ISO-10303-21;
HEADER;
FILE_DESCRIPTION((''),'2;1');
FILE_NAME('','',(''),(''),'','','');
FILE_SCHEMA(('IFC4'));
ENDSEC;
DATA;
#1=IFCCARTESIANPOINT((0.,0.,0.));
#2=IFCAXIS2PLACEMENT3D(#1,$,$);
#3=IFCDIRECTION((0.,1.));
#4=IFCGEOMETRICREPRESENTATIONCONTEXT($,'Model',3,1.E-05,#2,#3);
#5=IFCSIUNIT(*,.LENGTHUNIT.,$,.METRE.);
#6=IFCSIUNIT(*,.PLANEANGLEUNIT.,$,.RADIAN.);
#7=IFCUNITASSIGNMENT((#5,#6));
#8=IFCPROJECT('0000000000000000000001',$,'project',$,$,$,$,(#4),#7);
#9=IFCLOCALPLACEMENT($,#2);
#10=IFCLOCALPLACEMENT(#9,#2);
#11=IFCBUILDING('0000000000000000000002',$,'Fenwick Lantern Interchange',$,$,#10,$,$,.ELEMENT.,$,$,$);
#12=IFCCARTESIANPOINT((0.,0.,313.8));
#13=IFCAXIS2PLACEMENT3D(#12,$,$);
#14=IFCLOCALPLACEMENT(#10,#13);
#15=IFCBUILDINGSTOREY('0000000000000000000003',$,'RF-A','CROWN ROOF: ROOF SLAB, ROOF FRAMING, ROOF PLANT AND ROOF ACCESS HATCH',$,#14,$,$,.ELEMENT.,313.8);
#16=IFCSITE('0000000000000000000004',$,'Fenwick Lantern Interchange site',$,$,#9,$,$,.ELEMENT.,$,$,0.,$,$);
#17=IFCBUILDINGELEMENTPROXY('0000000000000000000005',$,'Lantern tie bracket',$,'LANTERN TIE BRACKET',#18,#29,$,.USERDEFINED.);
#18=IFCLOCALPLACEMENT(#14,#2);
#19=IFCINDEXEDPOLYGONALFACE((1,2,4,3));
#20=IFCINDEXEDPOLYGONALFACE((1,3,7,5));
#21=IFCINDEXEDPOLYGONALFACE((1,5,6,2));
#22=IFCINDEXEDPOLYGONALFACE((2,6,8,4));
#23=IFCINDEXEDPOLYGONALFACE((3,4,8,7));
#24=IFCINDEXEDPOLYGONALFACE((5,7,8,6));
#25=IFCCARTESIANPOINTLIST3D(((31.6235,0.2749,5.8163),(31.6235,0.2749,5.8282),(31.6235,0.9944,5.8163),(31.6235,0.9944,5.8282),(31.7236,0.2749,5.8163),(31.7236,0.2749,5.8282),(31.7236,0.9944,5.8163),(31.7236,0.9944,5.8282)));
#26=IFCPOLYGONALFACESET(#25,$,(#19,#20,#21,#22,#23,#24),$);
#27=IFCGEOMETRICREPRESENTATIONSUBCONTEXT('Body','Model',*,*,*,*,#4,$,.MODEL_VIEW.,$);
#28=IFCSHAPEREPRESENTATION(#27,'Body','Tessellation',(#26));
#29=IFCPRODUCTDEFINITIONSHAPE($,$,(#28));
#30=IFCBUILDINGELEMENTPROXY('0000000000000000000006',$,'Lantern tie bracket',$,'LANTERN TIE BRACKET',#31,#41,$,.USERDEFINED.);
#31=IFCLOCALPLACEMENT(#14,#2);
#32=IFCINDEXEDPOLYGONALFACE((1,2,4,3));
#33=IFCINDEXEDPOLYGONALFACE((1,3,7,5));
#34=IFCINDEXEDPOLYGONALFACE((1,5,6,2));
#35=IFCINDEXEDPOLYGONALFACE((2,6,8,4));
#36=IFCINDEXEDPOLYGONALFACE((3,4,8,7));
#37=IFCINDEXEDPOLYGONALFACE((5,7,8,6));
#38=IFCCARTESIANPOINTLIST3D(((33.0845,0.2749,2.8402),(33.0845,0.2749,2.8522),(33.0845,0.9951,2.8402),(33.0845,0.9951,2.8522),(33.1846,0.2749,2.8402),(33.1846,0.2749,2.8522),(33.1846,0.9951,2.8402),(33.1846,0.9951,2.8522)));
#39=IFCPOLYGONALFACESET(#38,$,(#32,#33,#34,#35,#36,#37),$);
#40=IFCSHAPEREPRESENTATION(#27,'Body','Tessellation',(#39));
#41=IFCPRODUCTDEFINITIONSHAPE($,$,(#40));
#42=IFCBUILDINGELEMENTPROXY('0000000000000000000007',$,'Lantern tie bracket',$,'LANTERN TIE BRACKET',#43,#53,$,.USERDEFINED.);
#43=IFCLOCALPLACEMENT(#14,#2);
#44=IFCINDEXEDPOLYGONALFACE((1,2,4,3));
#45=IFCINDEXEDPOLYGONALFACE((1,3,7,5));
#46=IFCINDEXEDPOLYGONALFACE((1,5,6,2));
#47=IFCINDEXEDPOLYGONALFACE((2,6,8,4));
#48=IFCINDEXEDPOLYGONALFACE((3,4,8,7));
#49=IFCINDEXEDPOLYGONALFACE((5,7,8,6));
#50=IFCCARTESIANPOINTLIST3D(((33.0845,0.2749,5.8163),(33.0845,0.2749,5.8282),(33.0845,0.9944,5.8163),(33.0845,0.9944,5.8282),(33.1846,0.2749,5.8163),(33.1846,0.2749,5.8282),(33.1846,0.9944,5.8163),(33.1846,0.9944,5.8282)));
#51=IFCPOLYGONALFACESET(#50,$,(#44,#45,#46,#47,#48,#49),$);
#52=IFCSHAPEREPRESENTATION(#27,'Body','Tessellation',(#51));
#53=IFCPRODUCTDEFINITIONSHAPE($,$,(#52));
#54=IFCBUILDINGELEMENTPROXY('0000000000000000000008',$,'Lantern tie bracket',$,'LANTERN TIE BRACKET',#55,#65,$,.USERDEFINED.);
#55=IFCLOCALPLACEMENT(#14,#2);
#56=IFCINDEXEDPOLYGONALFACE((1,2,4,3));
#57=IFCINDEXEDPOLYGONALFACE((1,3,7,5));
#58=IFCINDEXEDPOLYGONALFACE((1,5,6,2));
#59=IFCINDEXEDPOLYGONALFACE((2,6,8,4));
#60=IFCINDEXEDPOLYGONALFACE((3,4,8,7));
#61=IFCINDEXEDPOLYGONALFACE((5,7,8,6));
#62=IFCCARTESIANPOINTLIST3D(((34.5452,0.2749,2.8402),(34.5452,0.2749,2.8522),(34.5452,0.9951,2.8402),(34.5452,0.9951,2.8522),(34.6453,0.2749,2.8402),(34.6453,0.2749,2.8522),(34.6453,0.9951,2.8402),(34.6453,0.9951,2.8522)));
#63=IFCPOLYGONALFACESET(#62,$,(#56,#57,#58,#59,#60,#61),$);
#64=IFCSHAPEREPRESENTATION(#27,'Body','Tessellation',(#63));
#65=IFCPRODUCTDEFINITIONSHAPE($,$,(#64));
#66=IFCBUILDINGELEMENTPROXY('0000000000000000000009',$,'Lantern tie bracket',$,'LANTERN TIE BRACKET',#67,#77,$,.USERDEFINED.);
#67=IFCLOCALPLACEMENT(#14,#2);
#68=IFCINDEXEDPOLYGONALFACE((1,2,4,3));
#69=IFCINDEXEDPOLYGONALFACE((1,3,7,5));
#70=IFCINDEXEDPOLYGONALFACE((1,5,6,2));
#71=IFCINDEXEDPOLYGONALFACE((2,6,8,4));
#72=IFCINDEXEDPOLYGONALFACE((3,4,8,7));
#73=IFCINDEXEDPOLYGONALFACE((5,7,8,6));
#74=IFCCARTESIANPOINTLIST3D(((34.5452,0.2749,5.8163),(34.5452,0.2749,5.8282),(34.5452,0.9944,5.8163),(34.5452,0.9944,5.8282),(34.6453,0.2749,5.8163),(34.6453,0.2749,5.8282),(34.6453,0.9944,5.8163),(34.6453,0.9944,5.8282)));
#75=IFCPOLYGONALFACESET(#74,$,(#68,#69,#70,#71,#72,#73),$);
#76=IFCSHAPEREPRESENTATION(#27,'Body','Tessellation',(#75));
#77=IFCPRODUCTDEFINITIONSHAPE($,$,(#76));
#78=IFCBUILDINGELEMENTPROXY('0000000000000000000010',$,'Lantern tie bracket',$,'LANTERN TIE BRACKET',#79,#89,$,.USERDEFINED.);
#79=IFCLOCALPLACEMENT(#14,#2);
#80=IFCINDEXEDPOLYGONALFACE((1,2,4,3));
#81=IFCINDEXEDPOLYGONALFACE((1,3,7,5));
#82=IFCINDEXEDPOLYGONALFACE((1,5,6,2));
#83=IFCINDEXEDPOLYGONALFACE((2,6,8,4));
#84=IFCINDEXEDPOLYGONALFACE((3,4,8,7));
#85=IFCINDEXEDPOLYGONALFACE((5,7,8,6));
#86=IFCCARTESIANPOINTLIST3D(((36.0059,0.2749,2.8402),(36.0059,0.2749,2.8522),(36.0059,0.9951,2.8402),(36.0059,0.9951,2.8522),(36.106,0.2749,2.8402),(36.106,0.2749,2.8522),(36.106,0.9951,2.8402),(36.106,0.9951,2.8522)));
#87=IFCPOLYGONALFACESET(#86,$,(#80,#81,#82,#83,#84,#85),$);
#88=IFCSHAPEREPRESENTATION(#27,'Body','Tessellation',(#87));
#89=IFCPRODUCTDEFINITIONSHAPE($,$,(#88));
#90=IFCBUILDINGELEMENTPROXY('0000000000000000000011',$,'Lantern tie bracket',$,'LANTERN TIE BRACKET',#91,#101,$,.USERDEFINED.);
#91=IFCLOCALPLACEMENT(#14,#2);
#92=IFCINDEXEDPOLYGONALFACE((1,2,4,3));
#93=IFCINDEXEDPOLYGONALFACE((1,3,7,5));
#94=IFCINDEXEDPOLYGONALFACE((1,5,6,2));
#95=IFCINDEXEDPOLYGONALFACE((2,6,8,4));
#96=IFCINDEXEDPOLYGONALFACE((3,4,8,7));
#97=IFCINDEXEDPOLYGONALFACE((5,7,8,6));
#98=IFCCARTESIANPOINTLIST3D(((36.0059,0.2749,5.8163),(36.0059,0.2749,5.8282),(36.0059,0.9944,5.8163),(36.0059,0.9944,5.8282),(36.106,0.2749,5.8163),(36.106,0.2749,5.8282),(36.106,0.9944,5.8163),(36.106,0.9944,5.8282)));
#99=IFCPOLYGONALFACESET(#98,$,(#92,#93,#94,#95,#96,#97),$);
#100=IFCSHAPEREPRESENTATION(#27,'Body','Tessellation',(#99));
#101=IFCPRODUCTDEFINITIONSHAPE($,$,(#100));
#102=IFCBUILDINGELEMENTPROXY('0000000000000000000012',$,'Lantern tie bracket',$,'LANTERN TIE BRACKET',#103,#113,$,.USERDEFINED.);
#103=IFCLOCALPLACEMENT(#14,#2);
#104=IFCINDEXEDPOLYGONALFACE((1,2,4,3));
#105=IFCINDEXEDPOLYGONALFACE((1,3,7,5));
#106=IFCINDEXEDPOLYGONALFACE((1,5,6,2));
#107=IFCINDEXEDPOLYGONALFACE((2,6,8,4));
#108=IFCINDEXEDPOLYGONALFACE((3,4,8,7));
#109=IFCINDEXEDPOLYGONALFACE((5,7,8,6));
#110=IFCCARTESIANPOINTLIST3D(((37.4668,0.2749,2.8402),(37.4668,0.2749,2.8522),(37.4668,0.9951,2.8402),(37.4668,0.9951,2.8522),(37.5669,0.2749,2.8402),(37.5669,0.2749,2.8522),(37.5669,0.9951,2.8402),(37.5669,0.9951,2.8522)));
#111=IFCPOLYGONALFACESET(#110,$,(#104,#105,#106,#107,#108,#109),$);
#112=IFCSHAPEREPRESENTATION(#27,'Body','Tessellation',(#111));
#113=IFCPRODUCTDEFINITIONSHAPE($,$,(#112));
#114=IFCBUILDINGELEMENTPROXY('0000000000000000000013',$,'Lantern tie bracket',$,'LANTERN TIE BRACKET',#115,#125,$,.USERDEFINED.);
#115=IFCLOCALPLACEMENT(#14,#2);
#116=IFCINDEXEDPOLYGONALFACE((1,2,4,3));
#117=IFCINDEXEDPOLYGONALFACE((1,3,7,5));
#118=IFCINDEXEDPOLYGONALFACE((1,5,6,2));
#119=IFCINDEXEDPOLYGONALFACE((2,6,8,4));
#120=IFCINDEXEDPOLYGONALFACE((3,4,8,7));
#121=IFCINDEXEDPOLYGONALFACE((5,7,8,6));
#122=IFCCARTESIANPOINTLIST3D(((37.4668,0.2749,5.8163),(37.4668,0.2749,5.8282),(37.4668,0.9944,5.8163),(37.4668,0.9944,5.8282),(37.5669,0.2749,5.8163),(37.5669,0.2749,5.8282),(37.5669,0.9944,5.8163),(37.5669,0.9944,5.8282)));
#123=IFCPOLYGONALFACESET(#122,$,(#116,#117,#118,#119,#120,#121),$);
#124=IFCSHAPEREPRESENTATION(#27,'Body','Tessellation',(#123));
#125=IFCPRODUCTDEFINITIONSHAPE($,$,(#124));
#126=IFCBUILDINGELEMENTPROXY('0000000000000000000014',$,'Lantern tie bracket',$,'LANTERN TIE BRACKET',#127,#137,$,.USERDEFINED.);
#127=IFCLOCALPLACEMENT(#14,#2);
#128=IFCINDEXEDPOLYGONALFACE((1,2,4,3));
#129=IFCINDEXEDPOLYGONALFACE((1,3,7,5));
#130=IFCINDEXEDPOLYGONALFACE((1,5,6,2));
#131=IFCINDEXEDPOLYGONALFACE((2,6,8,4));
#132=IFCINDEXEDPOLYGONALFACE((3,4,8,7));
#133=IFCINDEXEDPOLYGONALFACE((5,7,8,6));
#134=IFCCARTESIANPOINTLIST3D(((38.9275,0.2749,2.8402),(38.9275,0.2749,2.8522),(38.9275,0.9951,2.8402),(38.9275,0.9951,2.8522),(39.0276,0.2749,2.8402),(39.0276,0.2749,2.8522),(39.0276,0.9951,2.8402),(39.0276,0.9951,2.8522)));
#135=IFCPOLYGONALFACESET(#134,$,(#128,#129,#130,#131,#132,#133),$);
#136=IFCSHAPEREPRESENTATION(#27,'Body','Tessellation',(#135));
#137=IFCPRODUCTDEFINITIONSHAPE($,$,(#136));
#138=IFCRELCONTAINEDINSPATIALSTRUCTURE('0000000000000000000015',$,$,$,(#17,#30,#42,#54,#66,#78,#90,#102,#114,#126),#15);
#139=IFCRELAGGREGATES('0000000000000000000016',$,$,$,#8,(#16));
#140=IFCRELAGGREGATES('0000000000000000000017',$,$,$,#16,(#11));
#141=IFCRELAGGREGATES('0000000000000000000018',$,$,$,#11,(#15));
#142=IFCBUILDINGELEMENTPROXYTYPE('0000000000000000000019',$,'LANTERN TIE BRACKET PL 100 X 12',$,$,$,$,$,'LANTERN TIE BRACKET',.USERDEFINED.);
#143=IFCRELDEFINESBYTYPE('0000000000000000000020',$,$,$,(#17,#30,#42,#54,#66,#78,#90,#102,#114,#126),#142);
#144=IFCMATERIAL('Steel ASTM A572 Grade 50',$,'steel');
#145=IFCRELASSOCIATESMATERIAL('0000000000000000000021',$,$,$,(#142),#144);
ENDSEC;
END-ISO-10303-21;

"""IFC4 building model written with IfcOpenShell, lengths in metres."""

from ifc_helpers import new_model, si_unit, direction, frame, origin, origin_2d, place, context, subcontext, project, spatial, rectangle, extrude, material, material_profile, profile_set, type_object, element, save


model = new_model("IFC4")

# Units and contexts
model_context = context("Model", 3, precision=1e-05, world=origin(), true_north=direction((0.0, 1.0)))
body_context = subcontext(model_context, "Body", "Model", "MODEL_VIEW")
ifc_project = project(units=[si_unit("LENGTHUNIT", "METRE"), si_unit("PLANEANGLEUNIT", "RADIAN")], contexts=[model_context])

# Site, building, storey
site_placement = place(None, origin())
site = spatial("IfcSite", under=ifc_project, at=site_placement, Name="Fenwick Lantern Interchange site", CompositionType="ELEMENT", RefElevation=0.0)
building_placement = place(site_placement, origin())
building = spatial("IfcBuilding", under=site, at=building_placement, Name="Fenwick Lantern Interchange", CompositionType="ELEMENT")
storey_placement = place(building_placement, frame((0.0, 0.0, 313.8)))
storey = spatial("IfcBuildingStorey", under=building, at=storey_placement, Name="RF-A", Description="CROWN ROOF: ROOF SLAB, ROOF FRAMING, ROOF PLANT AND ROOF ACCESS HATCH", CompositionType="ELEMENT", Elevation=313.8)

# Building element proxies
ifc_material_1 = material(Name="Steel ASTM A572 Grade 50", Category="steel")
ifc_material_profile_1 = material_profile(ifc_material_1, rectangle(XDim=0.1001, YDim=0.012, at=origin_2d()), Name="PL100X12")
ifc_profile_set_1 = profile_set([ifc_material_profile_1], Name="Steel ASTM A572 Grade 50")
building_element_proxy_type = type_object("IfcBuildingElementProxyType", Name="LANTERN TIE BRACKET PL 100 X 12", ElementType="LANTERN TIE BRACKET", PredefinedType="USERDEFINED", material=ifc_profile_set_1)
proxy_1_placement = place(storey_placement, frame((31.6736, 0.2749, 5.8223), z_axis=(0.0, 1.0, 0.0), x_axis=(-1.0, 0.0, 0.0)))
element("IfcBuildingElementProxy", 1, at=proxy_1_placement, inside=storey, type_object=building_element_proxy_type, Name="Lantern tie bracket", ObjectType="LANTERN TIE BRACKET", PredefinedType="USERDEFINED", context=body_context, shape_type="SweptSolid", body=[
    extrude(rectangle(XDim=0.1001, YDim=0.012, at=origin_2d()), origin(), (0.0, 0.0, 1.0), 0.7195),
])
proxy_2_placement = place(storey_placement, frame((33.1345, 0.2749, 2.8462), z_axis=(0.0, 1.0, 0.0), x_axis=(-1.0, 0.0, 0.0)))
element("IfcBuildingElementProxy", 2, at=proxy_2_placement, inside=storey, type_object=building_element_proxy_type, Name="Lantern tie bracket", ObjectType="LANTERN TIE BRACKET", PredefinedType="USERDEFINED", context=body_context, shape_type="SweptSolid", body=[
    extrude(rectangle(XDim=0.1001, YDim=0.012, at=origin_2d()), origin(), (0.0, 0.0, 1.0), 0.7202),
])
proxy_3_placement = place(storey_placement, frame((33.1345, 0.2749, 5.8223), z_axis=(0.0, 1.0, 0.0), x_axis=(-1.0, 0.0, 0.0)))
element("IfcBuildingElementProxy", 3, at=proxy_3_placement, inside=storey, type_object=building_element_proxy_type, Name="Lantern tie bracket", ObjectType="LANTERN TIE BRACKET", PredefinedType="USERDEFINED", context=body_context, shape_type="SweptSolid", body=[
    extrude(rectangle(XDim=0.1001, YDim=0.012, at=origin_2d()), origin(), (0.0, 0.0, 1.0), 0.7195),
])
proxy_4_placement = place(storey_placement, frame((34.5952, 0.2749, 2.8462), z_axis=(0.0, 1.0, 0.0), x_axis=(-1.0, 0.0, 0.0)))
element("IfcBuildingElementProxy", 4, at=proxy_4_placement, inside=storey, type_object=building_element_proxy_type, Name="Lantern tie bracket", ObjectType="LANTERN TIE BRACKET", PredefinedType="USERDEFINED", context=body_context, shape_type="SweptSolid", body=[
    extrude(rectangle(XDim=0.1001, YDim=0.012, at=origin_2d()), origin(), (0.0, 0.0, 1.0), 0.7202),
])
proxy_5_placement = place(storey_placement, frame((34.5952, 0.2749, 5.8223), z_axis=(0.0, 1.0, 0.0), x_axis=(-1.0, 0.0, 0.0)))
element("IfcBuildingElementProxy", 5, at=proxy_5_placement, inside=storey, type_object=building_element_proxy_type, Name="Lantern tie bracket", ObjectType="LANTERN TIE BRACKET", PredefinedType="USERDEFINED", context=body_context, shape_type="SweptSolid", body=[
    extrude(rectangle(XDim=0.1001, YDim=0.012, at=origin_2d()), origin(), (0.0, 0.0, 1.0), 0.7195),
])
proxy_6_placement = place(storey_placement, frame((36.0559, 0.2749, 2.8462), z_axis=(0.0, 1.0, 0.0), x_axis=(-1.0, 0.0, 0.0)))
element("IfcBuildingElementProxy", 6, at=proxy_6_placement, inside=storey, type_object=building_element_proxy_type, Name="Lantern tie bracket", ObjectType="LANTERN TIE BRACKET", PredefinedType="USERDEFINED", context=body_context, shape_type="SweptSolid", body=[
    extrude(rectangle(XDim=0.1001, YDim=0.012, at=origin_2d()), origin(), (0.0, 0.0, 1.0), 0.7202),
])
proxy_7_placement = place(storey_placement, frame((36.0559, 0.2749, 5.8223), z_axis=(0.0, 1.0, 0.0), x_axis=(-1.0, 0.0, 0.0)))
element("IfcBuildingElementProxy", 7, at=proxy_7_placement, inside=storey, type_object=building_element_proxy_type, Name="Lantern tie bracket", ObjectType="LANTERN TIE BRACKET", PredefinedType="USERDEFINED", context=body_context, shape_type="SweptSolid", body=[
    extrude(rectangle(XDim=0.1001, YDim=0.012, at=origin_2d()), origin(), (0.0, 0.0, 1.0), 0.7195),
])
proxy_8_placement = place(storey_placement, frame((37.5168, 0.2749, 2.8462), z_axis=(0.0, 1.0, 0.0), x_axis=(-1.0, 0.0, 0.0)))
element("IfcBuildingElementProxy", 8, at=proxy_8_placement, inside=storey, type_object=building_element_proxy_type, Name="Lantern tie bracket", ObjectType="LANTERN TIE BRACKET", PredefinedType="USERDEFINED", context=body_context, shape_type="SweptSolid", body=[
    extrude(rectangle(XDim=0.1001, YDim=0.012, at=origin_2d()), origin(), (0.0, 0.0, 1.0), 0.7202),
])
proxy_9_placement = place(storey_placement, frame((37.5168, 0.2749, 5.8223), z_axis=(0.0, 1.0, 0.0), x_axis=(-1.0, 0.0, 0.0)))
element("IfcBuildingElementProxy", 9, at=proxy_9_placement, inside=storey, type_object=building_element_proxy_type, Name="Lantern tie bracket", ObjectType="LANTERN TIE BRACKET", PredefinedType="USERDEFINED", context=body_context, shape_type="SweptSolid", body=[
    extrude(rectangle(XDim=0.1001, YDim=0.012, at=origin_2d()), origin(), (0.0, 0.0, 1.0), 0.7195),
])
proxy_10_placement = place(storey_placement, frame((38.9775, 0.2749, 2.8462), z_axis=(0.0, 1.0, 0.0), x_axis=(-1.0, 0.0, 0.0)))
element("IfcBuildingElementProxy", 10, at=proxy_10_placement, inside=storey, type_object=building_element_proxy_type, Name="Lantern tie bracket", ObjectType="LANTERN TIE BRACKET", PredefinedType="USERDEFINED", context=body_context, shape_type="SweptSolid", body=[
    extrude(rectangle(XDim=0.1001, YDim=0.012, at=origin_2d()), origin(), (0.0, 0.0, 1.0), 0.7202),
])

save(model, "model.ifc")
